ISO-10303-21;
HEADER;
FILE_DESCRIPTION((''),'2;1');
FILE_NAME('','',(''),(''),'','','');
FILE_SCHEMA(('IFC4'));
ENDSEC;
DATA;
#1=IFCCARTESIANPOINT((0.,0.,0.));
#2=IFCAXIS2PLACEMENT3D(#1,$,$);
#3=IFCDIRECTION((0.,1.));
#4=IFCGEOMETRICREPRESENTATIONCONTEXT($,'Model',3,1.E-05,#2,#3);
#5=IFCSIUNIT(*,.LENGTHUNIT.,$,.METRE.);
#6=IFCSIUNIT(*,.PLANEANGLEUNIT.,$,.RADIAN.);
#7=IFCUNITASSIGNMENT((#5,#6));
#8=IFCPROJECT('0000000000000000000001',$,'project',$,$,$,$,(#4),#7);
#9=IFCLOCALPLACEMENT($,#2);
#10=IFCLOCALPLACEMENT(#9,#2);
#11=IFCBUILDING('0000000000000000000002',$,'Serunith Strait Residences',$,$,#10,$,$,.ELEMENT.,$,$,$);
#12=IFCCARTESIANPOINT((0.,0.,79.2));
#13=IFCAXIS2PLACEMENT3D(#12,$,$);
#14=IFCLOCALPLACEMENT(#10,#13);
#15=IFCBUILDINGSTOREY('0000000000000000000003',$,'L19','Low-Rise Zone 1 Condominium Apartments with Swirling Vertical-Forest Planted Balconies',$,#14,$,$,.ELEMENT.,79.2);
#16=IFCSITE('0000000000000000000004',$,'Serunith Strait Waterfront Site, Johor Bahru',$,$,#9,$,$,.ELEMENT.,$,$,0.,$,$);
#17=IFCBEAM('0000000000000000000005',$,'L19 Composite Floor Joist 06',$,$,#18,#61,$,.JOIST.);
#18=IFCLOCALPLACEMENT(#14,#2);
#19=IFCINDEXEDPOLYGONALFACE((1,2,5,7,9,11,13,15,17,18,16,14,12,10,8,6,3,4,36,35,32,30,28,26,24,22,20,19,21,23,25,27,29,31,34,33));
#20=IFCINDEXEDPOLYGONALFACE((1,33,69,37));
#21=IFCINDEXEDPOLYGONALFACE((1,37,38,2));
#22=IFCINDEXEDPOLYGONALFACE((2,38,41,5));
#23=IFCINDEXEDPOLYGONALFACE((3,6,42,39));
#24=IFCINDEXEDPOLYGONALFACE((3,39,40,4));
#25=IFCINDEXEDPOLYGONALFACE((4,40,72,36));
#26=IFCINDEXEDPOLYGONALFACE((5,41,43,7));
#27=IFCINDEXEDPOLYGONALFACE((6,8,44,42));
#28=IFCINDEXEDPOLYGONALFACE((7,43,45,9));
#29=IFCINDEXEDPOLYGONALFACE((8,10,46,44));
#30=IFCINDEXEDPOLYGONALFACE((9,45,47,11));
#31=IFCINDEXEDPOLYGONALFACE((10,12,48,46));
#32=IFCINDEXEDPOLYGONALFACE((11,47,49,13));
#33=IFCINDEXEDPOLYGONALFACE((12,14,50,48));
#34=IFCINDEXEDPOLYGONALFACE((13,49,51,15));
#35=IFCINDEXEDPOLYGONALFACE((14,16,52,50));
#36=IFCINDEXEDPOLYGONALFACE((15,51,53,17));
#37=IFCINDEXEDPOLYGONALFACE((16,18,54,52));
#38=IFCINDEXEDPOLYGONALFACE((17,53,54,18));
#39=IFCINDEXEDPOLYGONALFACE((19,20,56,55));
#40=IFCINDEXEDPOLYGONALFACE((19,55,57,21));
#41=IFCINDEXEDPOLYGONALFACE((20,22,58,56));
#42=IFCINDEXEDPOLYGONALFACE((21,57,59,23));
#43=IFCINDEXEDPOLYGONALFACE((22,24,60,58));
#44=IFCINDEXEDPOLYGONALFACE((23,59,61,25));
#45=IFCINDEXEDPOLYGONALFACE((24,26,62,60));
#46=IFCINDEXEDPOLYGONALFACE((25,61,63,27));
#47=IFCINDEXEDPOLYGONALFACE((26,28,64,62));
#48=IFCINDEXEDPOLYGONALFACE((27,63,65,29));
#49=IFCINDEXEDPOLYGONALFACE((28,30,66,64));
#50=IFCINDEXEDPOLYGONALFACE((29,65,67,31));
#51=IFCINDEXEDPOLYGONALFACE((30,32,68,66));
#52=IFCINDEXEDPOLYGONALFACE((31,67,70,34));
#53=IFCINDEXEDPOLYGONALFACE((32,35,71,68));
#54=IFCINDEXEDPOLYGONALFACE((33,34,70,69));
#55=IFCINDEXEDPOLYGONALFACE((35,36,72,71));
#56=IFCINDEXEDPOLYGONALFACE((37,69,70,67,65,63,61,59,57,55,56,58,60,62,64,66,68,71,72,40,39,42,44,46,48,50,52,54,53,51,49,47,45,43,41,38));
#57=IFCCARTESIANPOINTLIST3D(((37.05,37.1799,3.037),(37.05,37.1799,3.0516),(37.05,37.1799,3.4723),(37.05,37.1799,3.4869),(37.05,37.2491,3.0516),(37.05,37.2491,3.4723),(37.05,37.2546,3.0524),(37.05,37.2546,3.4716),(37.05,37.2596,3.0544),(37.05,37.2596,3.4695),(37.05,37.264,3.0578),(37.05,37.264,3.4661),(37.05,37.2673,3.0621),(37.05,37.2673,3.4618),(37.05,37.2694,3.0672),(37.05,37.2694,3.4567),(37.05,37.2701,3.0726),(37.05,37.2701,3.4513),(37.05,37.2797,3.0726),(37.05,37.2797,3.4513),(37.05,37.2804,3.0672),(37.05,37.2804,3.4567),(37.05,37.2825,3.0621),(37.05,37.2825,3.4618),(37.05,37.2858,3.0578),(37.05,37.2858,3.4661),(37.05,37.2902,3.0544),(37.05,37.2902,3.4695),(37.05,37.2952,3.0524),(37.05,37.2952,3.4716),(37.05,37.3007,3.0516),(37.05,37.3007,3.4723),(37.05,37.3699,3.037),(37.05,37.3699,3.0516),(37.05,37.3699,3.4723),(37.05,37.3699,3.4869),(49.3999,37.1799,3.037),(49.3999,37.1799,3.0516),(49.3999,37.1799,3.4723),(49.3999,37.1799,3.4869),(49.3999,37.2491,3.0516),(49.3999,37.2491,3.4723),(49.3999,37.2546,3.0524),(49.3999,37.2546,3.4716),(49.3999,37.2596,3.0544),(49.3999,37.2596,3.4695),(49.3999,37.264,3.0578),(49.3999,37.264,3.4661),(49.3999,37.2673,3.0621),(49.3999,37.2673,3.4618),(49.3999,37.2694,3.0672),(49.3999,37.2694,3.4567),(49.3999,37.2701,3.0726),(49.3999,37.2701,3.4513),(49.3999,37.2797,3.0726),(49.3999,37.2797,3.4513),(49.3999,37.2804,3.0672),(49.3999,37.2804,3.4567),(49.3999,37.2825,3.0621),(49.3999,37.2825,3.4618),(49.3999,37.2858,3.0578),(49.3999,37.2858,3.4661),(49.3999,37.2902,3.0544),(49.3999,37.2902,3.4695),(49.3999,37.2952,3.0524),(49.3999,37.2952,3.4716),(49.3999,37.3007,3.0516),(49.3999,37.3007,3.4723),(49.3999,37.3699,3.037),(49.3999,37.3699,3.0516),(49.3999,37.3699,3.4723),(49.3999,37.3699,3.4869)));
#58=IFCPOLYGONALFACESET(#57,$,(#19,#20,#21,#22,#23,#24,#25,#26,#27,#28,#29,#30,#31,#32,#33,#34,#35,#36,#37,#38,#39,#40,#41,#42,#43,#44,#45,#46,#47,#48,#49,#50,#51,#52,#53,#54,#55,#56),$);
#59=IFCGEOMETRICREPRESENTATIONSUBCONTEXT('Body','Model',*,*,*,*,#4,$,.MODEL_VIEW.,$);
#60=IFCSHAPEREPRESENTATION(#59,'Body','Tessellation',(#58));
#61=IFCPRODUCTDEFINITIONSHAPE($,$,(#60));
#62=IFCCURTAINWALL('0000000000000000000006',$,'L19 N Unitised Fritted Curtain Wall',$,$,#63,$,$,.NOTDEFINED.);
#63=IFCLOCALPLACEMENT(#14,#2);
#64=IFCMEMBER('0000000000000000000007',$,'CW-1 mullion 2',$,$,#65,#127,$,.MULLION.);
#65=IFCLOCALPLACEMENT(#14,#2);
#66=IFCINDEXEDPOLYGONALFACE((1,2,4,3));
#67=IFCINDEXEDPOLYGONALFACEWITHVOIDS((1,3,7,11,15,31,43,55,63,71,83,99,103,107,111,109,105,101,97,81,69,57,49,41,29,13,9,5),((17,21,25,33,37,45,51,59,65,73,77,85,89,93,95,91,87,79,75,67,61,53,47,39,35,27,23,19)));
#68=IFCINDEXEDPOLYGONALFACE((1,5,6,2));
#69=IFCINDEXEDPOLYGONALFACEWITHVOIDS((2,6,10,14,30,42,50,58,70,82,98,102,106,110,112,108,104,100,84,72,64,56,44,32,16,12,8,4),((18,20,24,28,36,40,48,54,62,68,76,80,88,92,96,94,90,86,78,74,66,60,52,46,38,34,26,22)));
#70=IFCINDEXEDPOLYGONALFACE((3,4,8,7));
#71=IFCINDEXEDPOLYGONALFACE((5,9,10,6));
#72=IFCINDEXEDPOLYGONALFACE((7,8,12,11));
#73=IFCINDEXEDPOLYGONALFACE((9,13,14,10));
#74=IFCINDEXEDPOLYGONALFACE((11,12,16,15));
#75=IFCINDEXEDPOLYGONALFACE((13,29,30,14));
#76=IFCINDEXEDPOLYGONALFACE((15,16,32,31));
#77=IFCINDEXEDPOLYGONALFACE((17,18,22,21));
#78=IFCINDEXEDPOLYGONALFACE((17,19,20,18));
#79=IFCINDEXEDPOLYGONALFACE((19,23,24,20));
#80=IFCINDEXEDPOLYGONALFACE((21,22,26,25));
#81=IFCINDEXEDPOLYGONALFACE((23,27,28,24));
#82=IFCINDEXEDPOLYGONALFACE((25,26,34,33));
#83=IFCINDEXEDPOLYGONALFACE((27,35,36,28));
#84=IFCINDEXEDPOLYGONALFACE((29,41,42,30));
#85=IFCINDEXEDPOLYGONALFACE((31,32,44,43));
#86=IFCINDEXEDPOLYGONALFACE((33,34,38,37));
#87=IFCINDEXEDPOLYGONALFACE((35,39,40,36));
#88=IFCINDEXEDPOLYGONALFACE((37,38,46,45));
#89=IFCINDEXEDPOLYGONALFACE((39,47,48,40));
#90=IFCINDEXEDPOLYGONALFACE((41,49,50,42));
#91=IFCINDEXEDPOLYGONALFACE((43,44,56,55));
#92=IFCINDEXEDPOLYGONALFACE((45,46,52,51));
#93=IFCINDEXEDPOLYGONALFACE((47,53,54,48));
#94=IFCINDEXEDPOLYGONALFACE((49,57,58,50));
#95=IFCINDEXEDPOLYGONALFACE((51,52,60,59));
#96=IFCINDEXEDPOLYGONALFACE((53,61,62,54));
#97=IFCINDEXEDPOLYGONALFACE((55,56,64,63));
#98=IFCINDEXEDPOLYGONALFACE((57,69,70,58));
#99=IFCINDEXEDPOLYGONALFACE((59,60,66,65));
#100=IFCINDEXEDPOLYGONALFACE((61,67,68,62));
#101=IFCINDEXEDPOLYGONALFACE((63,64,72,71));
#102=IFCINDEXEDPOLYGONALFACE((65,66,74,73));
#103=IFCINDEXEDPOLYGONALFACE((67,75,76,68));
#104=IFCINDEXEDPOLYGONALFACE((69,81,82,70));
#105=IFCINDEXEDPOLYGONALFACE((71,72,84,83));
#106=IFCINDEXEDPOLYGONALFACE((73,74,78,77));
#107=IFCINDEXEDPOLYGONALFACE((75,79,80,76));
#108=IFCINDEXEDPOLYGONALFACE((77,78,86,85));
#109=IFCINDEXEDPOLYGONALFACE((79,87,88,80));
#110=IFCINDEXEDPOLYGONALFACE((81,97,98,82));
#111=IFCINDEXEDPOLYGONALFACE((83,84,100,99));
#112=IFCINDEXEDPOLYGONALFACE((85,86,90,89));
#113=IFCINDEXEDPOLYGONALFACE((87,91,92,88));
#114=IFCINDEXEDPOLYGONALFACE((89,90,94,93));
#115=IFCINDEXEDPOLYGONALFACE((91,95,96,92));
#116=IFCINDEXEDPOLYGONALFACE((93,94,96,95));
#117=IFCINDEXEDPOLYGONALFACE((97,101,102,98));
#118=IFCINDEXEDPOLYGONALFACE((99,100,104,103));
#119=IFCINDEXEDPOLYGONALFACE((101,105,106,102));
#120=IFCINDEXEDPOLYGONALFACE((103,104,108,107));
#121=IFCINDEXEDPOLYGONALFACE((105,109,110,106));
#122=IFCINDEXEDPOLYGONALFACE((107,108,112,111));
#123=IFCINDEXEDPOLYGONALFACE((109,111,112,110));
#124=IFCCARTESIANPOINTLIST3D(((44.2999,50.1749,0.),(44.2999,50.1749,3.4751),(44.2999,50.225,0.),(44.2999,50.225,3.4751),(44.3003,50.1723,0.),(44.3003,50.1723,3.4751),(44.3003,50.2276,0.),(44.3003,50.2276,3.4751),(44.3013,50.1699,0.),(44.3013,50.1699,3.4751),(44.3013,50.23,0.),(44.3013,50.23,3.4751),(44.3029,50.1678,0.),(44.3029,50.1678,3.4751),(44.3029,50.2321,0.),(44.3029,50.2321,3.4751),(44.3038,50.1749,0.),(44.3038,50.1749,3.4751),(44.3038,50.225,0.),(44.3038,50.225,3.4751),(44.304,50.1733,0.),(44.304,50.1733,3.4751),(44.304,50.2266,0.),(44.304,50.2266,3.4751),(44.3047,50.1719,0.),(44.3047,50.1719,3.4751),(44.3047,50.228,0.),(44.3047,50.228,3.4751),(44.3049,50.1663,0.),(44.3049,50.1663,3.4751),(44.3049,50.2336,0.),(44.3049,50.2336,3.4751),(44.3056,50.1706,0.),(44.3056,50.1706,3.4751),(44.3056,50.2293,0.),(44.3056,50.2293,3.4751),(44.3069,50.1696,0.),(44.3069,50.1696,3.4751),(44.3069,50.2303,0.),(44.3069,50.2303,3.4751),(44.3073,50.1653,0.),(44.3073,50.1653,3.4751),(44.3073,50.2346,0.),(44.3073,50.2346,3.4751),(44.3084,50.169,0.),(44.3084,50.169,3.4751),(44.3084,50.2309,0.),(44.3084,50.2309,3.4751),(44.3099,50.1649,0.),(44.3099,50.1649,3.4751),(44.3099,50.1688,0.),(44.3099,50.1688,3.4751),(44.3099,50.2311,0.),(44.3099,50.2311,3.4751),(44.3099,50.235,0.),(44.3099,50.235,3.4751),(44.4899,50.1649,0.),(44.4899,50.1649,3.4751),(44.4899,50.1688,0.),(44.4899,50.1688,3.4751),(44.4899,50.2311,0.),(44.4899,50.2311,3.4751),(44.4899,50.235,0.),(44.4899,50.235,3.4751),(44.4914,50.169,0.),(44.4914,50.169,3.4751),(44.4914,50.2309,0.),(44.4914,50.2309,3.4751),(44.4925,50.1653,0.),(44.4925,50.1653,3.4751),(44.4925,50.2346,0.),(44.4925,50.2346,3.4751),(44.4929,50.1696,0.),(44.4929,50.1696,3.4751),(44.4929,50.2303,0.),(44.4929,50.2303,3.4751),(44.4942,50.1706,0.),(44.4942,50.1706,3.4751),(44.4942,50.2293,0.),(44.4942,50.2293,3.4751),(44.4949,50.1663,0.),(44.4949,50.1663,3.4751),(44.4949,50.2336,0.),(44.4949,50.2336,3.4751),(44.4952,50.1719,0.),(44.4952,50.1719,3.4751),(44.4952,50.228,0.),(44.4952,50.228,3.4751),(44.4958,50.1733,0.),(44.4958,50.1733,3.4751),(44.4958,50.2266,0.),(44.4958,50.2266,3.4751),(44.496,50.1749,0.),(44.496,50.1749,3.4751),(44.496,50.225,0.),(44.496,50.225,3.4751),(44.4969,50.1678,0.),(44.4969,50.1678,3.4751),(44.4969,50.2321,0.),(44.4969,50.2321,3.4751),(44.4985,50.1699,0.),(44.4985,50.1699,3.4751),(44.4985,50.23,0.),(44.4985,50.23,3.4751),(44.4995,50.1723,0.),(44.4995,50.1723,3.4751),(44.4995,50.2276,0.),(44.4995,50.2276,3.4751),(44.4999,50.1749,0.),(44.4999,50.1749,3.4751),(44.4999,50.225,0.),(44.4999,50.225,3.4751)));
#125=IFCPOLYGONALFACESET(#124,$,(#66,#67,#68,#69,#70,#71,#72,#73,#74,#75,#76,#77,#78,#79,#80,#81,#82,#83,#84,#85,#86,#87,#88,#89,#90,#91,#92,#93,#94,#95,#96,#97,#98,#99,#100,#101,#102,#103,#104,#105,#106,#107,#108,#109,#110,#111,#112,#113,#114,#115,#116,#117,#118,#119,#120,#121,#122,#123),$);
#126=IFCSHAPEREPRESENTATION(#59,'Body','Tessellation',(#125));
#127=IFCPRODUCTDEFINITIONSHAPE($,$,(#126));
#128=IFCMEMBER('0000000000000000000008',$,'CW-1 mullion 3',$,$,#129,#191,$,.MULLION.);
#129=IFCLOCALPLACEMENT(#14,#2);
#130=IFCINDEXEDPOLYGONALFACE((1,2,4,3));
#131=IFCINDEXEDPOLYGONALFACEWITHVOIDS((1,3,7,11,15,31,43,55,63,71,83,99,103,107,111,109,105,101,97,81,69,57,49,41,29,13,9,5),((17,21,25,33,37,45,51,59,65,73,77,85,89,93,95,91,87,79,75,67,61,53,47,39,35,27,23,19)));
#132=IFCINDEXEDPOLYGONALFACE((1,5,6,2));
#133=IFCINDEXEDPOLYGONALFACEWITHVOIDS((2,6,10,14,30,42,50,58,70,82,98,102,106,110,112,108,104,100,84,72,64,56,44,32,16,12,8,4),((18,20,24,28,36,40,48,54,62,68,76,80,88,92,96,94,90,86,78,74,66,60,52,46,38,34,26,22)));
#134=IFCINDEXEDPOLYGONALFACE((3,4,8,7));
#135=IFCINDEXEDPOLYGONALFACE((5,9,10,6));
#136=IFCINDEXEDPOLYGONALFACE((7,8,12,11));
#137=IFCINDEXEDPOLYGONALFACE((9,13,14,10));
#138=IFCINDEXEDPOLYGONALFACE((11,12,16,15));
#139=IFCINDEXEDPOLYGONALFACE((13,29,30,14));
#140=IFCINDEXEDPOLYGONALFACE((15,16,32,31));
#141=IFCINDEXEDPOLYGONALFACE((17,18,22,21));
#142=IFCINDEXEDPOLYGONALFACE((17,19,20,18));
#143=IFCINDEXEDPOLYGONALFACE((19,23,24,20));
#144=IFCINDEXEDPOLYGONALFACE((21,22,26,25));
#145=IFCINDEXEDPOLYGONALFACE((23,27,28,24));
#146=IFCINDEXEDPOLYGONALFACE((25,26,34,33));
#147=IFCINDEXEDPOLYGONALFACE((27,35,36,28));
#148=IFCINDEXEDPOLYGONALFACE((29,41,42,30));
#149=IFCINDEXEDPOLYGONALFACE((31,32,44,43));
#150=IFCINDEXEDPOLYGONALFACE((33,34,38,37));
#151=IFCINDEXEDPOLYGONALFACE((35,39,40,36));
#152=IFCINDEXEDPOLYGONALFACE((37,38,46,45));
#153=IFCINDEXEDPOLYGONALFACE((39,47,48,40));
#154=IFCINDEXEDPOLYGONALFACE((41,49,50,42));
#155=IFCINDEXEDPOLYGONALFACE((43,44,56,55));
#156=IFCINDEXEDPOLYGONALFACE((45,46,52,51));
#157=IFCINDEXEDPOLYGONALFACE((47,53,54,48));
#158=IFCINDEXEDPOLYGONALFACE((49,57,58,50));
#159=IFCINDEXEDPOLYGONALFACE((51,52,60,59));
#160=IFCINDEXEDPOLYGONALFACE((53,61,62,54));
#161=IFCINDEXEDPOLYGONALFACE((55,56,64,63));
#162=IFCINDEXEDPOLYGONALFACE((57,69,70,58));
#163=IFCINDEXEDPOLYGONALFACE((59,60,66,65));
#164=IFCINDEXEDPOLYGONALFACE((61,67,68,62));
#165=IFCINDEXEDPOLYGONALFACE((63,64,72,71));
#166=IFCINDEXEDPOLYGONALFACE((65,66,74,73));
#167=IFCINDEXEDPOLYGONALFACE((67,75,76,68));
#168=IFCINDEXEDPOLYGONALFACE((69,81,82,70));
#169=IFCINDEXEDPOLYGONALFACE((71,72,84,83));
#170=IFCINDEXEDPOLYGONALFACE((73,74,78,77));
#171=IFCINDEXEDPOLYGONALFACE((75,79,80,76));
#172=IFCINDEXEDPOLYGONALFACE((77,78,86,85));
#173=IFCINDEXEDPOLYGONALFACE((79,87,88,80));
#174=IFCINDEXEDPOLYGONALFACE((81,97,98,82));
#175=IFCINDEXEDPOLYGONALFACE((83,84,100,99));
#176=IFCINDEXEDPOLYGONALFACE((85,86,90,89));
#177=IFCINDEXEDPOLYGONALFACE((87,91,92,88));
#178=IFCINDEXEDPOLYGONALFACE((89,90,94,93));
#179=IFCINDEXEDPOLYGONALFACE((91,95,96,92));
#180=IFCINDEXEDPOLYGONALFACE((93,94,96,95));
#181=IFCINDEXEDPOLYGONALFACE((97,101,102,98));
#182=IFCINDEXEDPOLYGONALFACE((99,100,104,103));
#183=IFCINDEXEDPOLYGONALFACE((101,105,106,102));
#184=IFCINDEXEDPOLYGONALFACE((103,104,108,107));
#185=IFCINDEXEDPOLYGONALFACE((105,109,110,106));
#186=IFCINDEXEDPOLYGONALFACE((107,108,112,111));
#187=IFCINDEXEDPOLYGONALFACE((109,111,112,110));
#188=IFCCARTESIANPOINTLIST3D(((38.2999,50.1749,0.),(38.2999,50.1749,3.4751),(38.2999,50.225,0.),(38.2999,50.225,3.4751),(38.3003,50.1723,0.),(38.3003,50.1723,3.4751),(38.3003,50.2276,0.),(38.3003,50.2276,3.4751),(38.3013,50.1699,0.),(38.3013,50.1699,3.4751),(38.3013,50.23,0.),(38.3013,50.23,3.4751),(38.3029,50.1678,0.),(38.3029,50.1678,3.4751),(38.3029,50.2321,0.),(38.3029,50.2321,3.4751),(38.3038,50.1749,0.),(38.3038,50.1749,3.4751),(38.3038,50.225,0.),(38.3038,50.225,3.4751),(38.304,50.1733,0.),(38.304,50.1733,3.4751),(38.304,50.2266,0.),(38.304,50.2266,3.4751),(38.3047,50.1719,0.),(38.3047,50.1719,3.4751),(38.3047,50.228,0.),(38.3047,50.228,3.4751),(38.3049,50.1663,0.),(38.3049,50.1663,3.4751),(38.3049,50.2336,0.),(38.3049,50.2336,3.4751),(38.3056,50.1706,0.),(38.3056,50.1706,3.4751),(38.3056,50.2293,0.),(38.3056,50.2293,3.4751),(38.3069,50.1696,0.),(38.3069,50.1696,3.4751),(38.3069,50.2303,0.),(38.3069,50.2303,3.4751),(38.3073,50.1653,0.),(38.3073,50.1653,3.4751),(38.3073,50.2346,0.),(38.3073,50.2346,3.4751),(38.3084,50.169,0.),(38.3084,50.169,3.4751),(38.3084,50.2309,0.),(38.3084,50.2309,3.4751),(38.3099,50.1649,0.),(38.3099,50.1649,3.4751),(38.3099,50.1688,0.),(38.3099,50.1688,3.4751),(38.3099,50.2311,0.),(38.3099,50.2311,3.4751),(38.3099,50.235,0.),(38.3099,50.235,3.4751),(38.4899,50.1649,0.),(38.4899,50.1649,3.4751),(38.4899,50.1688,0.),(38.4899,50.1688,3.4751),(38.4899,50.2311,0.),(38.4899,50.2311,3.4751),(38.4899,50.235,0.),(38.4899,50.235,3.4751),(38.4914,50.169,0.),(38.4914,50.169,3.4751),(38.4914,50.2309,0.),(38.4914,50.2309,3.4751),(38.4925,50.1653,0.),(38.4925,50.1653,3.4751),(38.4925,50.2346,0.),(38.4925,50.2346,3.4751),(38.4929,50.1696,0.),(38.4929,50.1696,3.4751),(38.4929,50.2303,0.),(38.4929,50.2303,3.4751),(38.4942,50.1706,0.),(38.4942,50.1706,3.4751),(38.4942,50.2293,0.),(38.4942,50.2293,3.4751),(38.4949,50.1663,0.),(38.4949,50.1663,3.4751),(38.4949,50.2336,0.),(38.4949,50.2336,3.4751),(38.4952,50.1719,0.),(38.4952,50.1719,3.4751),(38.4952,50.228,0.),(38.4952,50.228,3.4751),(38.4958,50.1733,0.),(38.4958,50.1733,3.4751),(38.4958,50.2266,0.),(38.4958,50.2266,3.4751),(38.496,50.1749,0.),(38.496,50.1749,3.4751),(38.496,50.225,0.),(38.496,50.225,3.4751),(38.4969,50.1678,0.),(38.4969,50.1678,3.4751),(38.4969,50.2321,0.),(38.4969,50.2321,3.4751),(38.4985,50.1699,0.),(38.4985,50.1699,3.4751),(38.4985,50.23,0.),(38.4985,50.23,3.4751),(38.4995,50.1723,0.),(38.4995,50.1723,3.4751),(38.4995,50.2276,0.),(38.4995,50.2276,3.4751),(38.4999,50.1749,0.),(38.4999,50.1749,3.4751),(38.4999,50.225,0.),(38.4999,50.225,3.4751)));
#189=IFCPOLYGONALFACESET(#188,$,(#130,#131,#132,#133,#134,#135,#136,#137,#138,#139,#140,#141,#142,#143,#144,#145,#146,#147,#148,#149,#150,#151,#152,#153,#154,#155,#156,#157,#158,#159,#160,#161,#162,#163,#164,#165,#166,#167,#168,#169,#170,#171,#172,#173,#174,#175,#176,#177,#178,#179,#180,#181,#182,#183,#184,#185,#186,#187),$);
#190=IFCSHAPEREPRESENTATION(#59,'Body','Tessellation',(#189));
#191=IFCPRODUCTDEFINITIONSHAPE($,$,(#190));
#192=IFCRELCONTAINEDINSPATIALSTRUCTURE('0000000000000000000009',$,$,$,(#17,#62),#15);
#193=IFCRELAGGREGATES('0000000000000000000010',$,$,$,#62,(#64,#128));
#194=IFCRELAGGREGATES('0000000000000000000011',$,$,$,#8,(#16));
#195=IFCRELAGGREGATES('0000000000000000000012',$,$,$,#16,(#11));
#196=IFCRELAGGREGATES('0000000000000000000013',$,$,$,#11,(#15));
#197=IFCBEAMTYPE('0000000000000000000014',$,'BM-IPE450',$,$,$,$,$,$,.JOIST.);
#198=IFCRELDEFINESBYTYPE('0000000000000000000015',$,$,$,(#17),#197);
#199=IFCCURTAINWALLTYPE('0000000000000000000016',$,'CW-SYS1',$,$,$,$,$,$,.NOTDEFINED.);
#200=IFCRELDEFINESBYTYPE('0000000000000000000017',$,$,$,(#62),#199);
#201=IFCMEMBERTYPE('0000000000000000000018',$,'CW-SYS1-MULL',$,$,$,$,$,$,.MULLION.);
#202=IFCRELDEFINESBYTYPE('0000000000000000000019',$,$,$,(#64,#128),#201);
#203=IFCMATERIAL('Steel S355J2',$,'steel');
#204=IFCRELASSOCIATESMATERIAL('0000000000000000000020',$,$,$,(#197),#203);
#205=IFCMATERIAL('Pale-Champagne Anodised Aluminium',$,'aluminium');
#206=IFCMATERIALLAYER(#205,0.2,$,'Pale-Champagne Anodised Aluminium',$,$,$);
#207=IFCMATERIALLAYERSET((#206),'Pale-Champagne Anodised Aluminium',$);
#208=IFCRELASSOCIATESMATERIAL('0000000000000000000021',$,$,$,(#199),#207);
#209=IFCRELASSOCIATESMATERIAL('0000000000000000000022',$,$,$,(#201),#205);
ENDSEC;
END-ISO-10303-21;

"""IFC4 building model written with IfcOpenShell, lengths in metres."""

from ifc_helpers import new_model, si_unit, direction, frame, origin, origin_2d, place, context, subcontext, project, spatial, hollow_rectangle, i_section, extrude, source, transform, mapped, material, layer, layer_set, material_profile, profile_set, type_object, element, aggregate, save


model = new_model("IFC4")

# Units and contexts
model_context = context("Model", 3, precision=1e-05, world=origin(), true_north=direction((0.0, 1.0)))
body_context = subcontext(model_context, "Body", "Model", "MODEL_VIEW")
ifc_project = project(units=[si_unit("LENGTHUNIT", "METRE"), si_unit("PLANEANGLEUNIT", "RADIAN")], contexts=[model_context])

# Site, building, storey
site_placement = place(None, origin())
site = spatial("IfcSite", under=ifc_project, at=site_placement, Name="Serunith Strait Waterfront Site, Johor Bahru", CompositionType="ELEMENT", RefElevation=0.0)
building_placement = place(site_placement, origin())
building = spatial("IfcBuilding", under=site, at=building_placement, Name="Serunith Strait Residences", CompositionType="ELEMENT")
storey_placement = place(building_placement, frame((0.0, 0.0, 79.2)))
storey = spatial("IfcBuildingStorey", under=building, at=storey_placement, Name="L19", Description="Low-Rise Zone 1 Condominium Apartments with Swirling Vertical-Forest Planted Balconies", CompositionType="ELEMENT", Elevation=79.2)

# Beam
ifc_material_1 = material(Name="Steel S355J2", Category="steel")
ifc_material_profile_1 = material_profile(ifc_material_1, i_section(OverallWidth=0.1899, OverallDepth=0.45, WebThickness=0.0095, FlangeThickness=0.0146, FilletRadius=0.021, at=origin_2d()), Name="IPE 450")
ifc_profile_set_1 = profile_set([ifc_material_profile_1], Name="Steel S355J2")
beam_type_1 = type_object("IfcBeamType", Name="BM-IPE450", PredefinedType="JOIST", material=ifc_profile_set_1)
shared_shape_1 = source(origin(), body_context, "Body", "SweptSolid", [
    extrude(i_section(OverallWidth=0.1899, OverallDepth=0.45, WebThickness=0.0095, FlangeThickness=0.0146, FilletRadius=0.021, at=origin_2d()), origin(), (0.0, 0.0, 1.0), 12.3499),
])
beam_1_placement = place(storey_placement, frame((37.05, 37.2749, 3.262), z_axis=(1.0, 0.0, 0.0), x_axis=(0.0, 1.0, 0.0)))
element("IfcBeam", 1, at=beam_1_placement, inside=storey, type_object=beam_type_1, Name="L19 Composite Floor Joist 06", PredefinedType="JOIST", context=body_context, shape_type="MappedRepresentation", body=[
    mapped(shared_shape_1, transform((0.0, 0.0, 0.0), scale=1.0)),
])

# Curtain wall, members
ifc_material_2 = material(Name="Pale-Champagne Anodised Aluminium", Category="aluminium")
ifc_layer_1 = layer(ifc_material_2, 0.2, Name="Pale-Champagne Anodised Aluminium")
ifc_layer_set_1 = layer_set([ifc_layer_1], Name="Pale-Champagne Anodised Aluminium")
curtain_wall_type = type_object("IfcCurtainWallType", Name="CW-SYS1", PredefinedType="NOTDEFINED", material=ifc_layer_set_1)
curtain_wall_placement = place(storey_placement, origin())
curtain_wall = element("IfcCurtainWall", 2, at=curtain_wall_placement, inside=storey, type_object=curtain_wall_type, Name="L19 N Unitised Fritted Curtain Wall", PredefinedType="NOTDEFINED")
ifc_material_profile_2 = material_profile(ifc_material_2, hollow_rectangle(XDim=0.0701, YDim=0.2, WallThickness=0.0039, InnerFilletRadius=0.0061, OuterFilletRadius=0.01, at=origin_2d()), Name="ALU 200x70x4")
ifc_profile_set_2 = profile_set([ifc_material_profile_2], Name="Pale-Champagne Anodised Aluminium")
member_type_1 = type_object("IfcMemberType", Name="CW-SYS1-MULL", PredefinedType="MULLION", material=ifc_profile_set_2)
shared_shape_2 = source(origin(), body_context, "Body", "SweptSolid", [
    extrude(hollow_rectangle(XDim=0.0701, YDim=0.2, WallThickness=0.0039, InnerFilletRadius=0.0061, OuterFilletRadius=0.01, at=origin_2d()), origin(), (0.0, 0.0, 1.0), 3.4751),
])
member_1_placement = place(storey_placement, frame((44.3999, 50.2, 0.0), z_axis=(0.0, 0.0, 1.0), x_axis=(0.0, -1.0, 0.0)))
member_1 = element("IfcMember", 3, at=member_1_placement, type_object=member_type_1, Name="CW-1 mullion 2", PredefinedType="MULLION", context=body_context, shape_type="MappedRepresentation", body=[
    mapped(shared_shape_2, transform((0.0, 0.0, 0.0), scale=1.0)),
])
member_2_placement = place(storey_placement, frame((38.3999, 50.2, 0.0), z_axis=(0.0, 0.0, 1.0), x_axis=(0.0, -1.0, 0.0)))
member_2 = element("IfcMember", 4, at=member_2_placement, type_object=member_type_1, Name="CW-1 mullion 3", PredefinedType="MULLION", context=body_context, shape_type="MappedRepresentation", body=[
    mapped(shared_shape_2, transform((0.0, 0.0, 0.0), scale=1.0)),
])
aggregate(curtain_wall, [member_1, member_2])

save(model, "model.ifc")
